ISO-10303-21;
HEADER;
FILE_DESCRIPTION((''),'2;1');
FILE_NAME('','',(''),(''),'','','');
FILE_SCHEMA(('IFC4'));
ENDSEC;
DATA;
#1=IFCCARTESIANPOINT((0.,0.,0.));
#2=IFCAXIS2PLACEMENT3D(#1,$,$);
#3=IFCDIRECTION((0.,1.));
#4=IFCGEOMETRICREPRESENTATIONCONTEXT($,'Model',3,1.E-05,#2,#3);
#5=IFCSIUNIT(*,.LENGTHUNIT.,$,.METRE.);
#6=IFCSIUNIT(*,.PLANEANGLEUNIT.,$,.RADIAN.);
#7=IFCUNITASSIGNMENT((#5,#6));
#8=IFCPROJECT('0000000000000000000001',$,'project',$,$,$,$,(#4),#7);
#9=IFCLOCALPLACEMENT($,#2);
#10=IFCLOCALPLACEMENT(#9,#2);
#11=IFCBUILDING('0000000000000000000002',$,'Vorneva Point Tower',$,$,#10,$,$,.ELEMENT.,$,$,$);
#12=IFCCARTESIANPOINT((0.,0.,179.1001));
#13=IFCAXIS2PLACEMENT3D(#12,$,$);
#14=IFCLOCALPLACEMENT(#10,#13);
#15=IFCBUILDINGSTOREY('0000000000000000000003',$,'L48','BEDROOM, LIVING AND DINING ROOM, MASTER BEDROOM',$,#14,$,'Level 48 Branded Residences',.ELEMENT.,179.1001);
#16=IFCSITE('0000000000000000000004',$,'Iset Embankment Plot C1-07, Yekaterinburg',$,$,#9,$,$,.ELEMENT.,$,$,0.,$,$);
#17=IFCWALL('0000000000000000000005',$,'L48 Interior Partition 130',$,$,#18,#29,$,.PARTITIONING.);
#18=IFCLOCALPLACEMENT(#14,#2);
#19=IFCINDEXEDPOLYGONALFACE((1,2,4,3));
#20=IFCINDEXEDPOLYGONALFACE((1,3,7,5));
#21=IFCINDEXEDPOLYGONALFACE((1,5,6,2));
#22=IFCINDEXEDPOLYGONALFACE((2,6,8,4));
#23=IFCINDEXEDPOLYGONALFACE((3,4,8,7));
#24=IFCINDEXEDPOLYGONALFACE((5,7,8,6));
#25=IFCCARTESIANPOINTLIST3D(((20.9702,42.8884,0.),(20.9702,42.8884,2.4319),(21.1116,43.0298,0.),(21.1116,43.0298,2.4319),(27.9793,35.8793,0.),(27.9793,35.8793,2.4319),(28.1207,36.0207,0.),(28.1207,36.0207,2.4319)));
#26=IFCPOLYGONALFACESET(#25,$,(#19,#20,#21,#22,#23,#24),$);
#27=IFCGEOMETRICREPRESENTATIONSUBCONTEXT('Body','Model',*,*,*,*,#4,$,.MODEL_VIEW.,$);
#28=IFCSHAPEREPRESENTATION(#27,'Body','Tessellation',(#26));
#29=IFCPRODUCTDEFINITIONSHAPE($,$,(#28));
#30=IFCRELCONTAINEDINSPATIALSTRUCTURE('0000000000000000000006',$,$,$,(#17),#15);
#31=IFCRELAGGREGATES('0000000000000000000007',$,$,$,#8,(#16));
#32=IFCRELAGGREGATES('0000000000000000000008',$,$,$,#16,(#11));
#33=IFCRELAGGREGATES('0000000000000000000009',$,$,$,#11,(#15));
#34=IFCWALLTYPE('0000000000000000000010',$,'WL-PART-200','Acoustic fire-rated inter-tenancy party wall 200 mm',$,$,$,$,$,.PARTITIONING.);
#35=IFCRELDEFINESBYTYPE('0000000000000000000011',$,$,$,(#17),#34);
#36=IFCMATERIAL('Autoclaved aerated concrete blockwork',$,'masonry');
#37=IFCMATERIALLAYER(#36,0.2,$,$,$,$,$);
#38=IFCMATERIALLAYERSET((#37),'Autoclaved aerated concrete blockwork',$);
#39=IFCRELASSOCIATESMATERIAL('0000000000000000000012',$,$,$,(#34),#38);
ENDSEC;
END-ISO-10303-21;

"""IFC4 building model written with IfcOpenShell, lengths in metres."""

from ifc_helpers import new_model, si_unit, direction, frame, frame_2d, origin, place, context, subcontext, project, spatial, rectangle, extrude, material, layer, layer_set, type_object, element, save


model = new_model("IFC4")

# Units and contexts
model_context = context("Model", 3, precision=1e-05, world=origin(), true_north=direction((0.0, 1.0)))
body_context = subcontext(model_context, "Body", "Model", "MODEL_VIEW")
ifc_project = project(units=[si_unit("LENGTHUNIT", "METRE"), si_unit("PLANEANGLEUNIT", "RADIAN")], contexts=[model_context])

# Site, building, storey
site_placement = place(None, origin())
site = spatial("IfcSite", under=ifc_project, at=site_placement, Name="Iset Embankment Plot C1-07, Yekaterinburg", CompositionType="ELEMENT", RefElevation=0.0)
building_placement = place(site_placement, origin())
building = spatial("IfcBuilding", under=site, at=building_placement, Name="Vorneva Point Tower", CompositionType="ELEMENT")
storey_placement = place(building_placement, frame((0.0, 0.0, 179.1001)))
storey = spatial("IfcBuildingStorey", under=building, at=storey_placement, Name="L48", Description="BEDROOM, LIVING AND DINING ROOM, MASTER BEDROOM", LongName="Level 48 Branded Residences", CompositionType="ELEMENT", Elevation=179.1001)

# Shared definitions
ifc_material_1 = material(Name="Autoclaved aerated concrete blockwork", Category="masonry")

# Wall
ifc_layer_1 = layer(ifc_material_1, 0.2)
ifc_layer_set_1 = layer_set([ifc_layer_1], Name="Autoclaved aerated concrete blockwork")
wall_type_1 = type_object("IfcWallType", Name="WL-PART-200", Description="Acoustic fire-rated inter-tenancy party wall 200 mm", PredefinedType="PARTITIONING", material=ifc_layer_set_1)
wall_1_placement = place(storey_placement, frame((21.041, 42.959, 0.0), z_axis=(0.0, 0.0, 1.0), x_axis=(0.707107, -0.707107, 0.0)))
element("IfcWall", 1, at=wall_1_placement, inside=storey, type_object=wall_type_1, Name="L48 Interior Partition 130", PredefinedType="PARTITIONING", context=body_context, shape_type="SweptSolid", body=[
    extrude(rectangle(XDim=9.9124, YDim=0.2, at=frame_2d((4.9561, 0.0))), origin(), (0.0, 0.0, 1.0), 2.4319),
])

save(model, "model.ifc")
